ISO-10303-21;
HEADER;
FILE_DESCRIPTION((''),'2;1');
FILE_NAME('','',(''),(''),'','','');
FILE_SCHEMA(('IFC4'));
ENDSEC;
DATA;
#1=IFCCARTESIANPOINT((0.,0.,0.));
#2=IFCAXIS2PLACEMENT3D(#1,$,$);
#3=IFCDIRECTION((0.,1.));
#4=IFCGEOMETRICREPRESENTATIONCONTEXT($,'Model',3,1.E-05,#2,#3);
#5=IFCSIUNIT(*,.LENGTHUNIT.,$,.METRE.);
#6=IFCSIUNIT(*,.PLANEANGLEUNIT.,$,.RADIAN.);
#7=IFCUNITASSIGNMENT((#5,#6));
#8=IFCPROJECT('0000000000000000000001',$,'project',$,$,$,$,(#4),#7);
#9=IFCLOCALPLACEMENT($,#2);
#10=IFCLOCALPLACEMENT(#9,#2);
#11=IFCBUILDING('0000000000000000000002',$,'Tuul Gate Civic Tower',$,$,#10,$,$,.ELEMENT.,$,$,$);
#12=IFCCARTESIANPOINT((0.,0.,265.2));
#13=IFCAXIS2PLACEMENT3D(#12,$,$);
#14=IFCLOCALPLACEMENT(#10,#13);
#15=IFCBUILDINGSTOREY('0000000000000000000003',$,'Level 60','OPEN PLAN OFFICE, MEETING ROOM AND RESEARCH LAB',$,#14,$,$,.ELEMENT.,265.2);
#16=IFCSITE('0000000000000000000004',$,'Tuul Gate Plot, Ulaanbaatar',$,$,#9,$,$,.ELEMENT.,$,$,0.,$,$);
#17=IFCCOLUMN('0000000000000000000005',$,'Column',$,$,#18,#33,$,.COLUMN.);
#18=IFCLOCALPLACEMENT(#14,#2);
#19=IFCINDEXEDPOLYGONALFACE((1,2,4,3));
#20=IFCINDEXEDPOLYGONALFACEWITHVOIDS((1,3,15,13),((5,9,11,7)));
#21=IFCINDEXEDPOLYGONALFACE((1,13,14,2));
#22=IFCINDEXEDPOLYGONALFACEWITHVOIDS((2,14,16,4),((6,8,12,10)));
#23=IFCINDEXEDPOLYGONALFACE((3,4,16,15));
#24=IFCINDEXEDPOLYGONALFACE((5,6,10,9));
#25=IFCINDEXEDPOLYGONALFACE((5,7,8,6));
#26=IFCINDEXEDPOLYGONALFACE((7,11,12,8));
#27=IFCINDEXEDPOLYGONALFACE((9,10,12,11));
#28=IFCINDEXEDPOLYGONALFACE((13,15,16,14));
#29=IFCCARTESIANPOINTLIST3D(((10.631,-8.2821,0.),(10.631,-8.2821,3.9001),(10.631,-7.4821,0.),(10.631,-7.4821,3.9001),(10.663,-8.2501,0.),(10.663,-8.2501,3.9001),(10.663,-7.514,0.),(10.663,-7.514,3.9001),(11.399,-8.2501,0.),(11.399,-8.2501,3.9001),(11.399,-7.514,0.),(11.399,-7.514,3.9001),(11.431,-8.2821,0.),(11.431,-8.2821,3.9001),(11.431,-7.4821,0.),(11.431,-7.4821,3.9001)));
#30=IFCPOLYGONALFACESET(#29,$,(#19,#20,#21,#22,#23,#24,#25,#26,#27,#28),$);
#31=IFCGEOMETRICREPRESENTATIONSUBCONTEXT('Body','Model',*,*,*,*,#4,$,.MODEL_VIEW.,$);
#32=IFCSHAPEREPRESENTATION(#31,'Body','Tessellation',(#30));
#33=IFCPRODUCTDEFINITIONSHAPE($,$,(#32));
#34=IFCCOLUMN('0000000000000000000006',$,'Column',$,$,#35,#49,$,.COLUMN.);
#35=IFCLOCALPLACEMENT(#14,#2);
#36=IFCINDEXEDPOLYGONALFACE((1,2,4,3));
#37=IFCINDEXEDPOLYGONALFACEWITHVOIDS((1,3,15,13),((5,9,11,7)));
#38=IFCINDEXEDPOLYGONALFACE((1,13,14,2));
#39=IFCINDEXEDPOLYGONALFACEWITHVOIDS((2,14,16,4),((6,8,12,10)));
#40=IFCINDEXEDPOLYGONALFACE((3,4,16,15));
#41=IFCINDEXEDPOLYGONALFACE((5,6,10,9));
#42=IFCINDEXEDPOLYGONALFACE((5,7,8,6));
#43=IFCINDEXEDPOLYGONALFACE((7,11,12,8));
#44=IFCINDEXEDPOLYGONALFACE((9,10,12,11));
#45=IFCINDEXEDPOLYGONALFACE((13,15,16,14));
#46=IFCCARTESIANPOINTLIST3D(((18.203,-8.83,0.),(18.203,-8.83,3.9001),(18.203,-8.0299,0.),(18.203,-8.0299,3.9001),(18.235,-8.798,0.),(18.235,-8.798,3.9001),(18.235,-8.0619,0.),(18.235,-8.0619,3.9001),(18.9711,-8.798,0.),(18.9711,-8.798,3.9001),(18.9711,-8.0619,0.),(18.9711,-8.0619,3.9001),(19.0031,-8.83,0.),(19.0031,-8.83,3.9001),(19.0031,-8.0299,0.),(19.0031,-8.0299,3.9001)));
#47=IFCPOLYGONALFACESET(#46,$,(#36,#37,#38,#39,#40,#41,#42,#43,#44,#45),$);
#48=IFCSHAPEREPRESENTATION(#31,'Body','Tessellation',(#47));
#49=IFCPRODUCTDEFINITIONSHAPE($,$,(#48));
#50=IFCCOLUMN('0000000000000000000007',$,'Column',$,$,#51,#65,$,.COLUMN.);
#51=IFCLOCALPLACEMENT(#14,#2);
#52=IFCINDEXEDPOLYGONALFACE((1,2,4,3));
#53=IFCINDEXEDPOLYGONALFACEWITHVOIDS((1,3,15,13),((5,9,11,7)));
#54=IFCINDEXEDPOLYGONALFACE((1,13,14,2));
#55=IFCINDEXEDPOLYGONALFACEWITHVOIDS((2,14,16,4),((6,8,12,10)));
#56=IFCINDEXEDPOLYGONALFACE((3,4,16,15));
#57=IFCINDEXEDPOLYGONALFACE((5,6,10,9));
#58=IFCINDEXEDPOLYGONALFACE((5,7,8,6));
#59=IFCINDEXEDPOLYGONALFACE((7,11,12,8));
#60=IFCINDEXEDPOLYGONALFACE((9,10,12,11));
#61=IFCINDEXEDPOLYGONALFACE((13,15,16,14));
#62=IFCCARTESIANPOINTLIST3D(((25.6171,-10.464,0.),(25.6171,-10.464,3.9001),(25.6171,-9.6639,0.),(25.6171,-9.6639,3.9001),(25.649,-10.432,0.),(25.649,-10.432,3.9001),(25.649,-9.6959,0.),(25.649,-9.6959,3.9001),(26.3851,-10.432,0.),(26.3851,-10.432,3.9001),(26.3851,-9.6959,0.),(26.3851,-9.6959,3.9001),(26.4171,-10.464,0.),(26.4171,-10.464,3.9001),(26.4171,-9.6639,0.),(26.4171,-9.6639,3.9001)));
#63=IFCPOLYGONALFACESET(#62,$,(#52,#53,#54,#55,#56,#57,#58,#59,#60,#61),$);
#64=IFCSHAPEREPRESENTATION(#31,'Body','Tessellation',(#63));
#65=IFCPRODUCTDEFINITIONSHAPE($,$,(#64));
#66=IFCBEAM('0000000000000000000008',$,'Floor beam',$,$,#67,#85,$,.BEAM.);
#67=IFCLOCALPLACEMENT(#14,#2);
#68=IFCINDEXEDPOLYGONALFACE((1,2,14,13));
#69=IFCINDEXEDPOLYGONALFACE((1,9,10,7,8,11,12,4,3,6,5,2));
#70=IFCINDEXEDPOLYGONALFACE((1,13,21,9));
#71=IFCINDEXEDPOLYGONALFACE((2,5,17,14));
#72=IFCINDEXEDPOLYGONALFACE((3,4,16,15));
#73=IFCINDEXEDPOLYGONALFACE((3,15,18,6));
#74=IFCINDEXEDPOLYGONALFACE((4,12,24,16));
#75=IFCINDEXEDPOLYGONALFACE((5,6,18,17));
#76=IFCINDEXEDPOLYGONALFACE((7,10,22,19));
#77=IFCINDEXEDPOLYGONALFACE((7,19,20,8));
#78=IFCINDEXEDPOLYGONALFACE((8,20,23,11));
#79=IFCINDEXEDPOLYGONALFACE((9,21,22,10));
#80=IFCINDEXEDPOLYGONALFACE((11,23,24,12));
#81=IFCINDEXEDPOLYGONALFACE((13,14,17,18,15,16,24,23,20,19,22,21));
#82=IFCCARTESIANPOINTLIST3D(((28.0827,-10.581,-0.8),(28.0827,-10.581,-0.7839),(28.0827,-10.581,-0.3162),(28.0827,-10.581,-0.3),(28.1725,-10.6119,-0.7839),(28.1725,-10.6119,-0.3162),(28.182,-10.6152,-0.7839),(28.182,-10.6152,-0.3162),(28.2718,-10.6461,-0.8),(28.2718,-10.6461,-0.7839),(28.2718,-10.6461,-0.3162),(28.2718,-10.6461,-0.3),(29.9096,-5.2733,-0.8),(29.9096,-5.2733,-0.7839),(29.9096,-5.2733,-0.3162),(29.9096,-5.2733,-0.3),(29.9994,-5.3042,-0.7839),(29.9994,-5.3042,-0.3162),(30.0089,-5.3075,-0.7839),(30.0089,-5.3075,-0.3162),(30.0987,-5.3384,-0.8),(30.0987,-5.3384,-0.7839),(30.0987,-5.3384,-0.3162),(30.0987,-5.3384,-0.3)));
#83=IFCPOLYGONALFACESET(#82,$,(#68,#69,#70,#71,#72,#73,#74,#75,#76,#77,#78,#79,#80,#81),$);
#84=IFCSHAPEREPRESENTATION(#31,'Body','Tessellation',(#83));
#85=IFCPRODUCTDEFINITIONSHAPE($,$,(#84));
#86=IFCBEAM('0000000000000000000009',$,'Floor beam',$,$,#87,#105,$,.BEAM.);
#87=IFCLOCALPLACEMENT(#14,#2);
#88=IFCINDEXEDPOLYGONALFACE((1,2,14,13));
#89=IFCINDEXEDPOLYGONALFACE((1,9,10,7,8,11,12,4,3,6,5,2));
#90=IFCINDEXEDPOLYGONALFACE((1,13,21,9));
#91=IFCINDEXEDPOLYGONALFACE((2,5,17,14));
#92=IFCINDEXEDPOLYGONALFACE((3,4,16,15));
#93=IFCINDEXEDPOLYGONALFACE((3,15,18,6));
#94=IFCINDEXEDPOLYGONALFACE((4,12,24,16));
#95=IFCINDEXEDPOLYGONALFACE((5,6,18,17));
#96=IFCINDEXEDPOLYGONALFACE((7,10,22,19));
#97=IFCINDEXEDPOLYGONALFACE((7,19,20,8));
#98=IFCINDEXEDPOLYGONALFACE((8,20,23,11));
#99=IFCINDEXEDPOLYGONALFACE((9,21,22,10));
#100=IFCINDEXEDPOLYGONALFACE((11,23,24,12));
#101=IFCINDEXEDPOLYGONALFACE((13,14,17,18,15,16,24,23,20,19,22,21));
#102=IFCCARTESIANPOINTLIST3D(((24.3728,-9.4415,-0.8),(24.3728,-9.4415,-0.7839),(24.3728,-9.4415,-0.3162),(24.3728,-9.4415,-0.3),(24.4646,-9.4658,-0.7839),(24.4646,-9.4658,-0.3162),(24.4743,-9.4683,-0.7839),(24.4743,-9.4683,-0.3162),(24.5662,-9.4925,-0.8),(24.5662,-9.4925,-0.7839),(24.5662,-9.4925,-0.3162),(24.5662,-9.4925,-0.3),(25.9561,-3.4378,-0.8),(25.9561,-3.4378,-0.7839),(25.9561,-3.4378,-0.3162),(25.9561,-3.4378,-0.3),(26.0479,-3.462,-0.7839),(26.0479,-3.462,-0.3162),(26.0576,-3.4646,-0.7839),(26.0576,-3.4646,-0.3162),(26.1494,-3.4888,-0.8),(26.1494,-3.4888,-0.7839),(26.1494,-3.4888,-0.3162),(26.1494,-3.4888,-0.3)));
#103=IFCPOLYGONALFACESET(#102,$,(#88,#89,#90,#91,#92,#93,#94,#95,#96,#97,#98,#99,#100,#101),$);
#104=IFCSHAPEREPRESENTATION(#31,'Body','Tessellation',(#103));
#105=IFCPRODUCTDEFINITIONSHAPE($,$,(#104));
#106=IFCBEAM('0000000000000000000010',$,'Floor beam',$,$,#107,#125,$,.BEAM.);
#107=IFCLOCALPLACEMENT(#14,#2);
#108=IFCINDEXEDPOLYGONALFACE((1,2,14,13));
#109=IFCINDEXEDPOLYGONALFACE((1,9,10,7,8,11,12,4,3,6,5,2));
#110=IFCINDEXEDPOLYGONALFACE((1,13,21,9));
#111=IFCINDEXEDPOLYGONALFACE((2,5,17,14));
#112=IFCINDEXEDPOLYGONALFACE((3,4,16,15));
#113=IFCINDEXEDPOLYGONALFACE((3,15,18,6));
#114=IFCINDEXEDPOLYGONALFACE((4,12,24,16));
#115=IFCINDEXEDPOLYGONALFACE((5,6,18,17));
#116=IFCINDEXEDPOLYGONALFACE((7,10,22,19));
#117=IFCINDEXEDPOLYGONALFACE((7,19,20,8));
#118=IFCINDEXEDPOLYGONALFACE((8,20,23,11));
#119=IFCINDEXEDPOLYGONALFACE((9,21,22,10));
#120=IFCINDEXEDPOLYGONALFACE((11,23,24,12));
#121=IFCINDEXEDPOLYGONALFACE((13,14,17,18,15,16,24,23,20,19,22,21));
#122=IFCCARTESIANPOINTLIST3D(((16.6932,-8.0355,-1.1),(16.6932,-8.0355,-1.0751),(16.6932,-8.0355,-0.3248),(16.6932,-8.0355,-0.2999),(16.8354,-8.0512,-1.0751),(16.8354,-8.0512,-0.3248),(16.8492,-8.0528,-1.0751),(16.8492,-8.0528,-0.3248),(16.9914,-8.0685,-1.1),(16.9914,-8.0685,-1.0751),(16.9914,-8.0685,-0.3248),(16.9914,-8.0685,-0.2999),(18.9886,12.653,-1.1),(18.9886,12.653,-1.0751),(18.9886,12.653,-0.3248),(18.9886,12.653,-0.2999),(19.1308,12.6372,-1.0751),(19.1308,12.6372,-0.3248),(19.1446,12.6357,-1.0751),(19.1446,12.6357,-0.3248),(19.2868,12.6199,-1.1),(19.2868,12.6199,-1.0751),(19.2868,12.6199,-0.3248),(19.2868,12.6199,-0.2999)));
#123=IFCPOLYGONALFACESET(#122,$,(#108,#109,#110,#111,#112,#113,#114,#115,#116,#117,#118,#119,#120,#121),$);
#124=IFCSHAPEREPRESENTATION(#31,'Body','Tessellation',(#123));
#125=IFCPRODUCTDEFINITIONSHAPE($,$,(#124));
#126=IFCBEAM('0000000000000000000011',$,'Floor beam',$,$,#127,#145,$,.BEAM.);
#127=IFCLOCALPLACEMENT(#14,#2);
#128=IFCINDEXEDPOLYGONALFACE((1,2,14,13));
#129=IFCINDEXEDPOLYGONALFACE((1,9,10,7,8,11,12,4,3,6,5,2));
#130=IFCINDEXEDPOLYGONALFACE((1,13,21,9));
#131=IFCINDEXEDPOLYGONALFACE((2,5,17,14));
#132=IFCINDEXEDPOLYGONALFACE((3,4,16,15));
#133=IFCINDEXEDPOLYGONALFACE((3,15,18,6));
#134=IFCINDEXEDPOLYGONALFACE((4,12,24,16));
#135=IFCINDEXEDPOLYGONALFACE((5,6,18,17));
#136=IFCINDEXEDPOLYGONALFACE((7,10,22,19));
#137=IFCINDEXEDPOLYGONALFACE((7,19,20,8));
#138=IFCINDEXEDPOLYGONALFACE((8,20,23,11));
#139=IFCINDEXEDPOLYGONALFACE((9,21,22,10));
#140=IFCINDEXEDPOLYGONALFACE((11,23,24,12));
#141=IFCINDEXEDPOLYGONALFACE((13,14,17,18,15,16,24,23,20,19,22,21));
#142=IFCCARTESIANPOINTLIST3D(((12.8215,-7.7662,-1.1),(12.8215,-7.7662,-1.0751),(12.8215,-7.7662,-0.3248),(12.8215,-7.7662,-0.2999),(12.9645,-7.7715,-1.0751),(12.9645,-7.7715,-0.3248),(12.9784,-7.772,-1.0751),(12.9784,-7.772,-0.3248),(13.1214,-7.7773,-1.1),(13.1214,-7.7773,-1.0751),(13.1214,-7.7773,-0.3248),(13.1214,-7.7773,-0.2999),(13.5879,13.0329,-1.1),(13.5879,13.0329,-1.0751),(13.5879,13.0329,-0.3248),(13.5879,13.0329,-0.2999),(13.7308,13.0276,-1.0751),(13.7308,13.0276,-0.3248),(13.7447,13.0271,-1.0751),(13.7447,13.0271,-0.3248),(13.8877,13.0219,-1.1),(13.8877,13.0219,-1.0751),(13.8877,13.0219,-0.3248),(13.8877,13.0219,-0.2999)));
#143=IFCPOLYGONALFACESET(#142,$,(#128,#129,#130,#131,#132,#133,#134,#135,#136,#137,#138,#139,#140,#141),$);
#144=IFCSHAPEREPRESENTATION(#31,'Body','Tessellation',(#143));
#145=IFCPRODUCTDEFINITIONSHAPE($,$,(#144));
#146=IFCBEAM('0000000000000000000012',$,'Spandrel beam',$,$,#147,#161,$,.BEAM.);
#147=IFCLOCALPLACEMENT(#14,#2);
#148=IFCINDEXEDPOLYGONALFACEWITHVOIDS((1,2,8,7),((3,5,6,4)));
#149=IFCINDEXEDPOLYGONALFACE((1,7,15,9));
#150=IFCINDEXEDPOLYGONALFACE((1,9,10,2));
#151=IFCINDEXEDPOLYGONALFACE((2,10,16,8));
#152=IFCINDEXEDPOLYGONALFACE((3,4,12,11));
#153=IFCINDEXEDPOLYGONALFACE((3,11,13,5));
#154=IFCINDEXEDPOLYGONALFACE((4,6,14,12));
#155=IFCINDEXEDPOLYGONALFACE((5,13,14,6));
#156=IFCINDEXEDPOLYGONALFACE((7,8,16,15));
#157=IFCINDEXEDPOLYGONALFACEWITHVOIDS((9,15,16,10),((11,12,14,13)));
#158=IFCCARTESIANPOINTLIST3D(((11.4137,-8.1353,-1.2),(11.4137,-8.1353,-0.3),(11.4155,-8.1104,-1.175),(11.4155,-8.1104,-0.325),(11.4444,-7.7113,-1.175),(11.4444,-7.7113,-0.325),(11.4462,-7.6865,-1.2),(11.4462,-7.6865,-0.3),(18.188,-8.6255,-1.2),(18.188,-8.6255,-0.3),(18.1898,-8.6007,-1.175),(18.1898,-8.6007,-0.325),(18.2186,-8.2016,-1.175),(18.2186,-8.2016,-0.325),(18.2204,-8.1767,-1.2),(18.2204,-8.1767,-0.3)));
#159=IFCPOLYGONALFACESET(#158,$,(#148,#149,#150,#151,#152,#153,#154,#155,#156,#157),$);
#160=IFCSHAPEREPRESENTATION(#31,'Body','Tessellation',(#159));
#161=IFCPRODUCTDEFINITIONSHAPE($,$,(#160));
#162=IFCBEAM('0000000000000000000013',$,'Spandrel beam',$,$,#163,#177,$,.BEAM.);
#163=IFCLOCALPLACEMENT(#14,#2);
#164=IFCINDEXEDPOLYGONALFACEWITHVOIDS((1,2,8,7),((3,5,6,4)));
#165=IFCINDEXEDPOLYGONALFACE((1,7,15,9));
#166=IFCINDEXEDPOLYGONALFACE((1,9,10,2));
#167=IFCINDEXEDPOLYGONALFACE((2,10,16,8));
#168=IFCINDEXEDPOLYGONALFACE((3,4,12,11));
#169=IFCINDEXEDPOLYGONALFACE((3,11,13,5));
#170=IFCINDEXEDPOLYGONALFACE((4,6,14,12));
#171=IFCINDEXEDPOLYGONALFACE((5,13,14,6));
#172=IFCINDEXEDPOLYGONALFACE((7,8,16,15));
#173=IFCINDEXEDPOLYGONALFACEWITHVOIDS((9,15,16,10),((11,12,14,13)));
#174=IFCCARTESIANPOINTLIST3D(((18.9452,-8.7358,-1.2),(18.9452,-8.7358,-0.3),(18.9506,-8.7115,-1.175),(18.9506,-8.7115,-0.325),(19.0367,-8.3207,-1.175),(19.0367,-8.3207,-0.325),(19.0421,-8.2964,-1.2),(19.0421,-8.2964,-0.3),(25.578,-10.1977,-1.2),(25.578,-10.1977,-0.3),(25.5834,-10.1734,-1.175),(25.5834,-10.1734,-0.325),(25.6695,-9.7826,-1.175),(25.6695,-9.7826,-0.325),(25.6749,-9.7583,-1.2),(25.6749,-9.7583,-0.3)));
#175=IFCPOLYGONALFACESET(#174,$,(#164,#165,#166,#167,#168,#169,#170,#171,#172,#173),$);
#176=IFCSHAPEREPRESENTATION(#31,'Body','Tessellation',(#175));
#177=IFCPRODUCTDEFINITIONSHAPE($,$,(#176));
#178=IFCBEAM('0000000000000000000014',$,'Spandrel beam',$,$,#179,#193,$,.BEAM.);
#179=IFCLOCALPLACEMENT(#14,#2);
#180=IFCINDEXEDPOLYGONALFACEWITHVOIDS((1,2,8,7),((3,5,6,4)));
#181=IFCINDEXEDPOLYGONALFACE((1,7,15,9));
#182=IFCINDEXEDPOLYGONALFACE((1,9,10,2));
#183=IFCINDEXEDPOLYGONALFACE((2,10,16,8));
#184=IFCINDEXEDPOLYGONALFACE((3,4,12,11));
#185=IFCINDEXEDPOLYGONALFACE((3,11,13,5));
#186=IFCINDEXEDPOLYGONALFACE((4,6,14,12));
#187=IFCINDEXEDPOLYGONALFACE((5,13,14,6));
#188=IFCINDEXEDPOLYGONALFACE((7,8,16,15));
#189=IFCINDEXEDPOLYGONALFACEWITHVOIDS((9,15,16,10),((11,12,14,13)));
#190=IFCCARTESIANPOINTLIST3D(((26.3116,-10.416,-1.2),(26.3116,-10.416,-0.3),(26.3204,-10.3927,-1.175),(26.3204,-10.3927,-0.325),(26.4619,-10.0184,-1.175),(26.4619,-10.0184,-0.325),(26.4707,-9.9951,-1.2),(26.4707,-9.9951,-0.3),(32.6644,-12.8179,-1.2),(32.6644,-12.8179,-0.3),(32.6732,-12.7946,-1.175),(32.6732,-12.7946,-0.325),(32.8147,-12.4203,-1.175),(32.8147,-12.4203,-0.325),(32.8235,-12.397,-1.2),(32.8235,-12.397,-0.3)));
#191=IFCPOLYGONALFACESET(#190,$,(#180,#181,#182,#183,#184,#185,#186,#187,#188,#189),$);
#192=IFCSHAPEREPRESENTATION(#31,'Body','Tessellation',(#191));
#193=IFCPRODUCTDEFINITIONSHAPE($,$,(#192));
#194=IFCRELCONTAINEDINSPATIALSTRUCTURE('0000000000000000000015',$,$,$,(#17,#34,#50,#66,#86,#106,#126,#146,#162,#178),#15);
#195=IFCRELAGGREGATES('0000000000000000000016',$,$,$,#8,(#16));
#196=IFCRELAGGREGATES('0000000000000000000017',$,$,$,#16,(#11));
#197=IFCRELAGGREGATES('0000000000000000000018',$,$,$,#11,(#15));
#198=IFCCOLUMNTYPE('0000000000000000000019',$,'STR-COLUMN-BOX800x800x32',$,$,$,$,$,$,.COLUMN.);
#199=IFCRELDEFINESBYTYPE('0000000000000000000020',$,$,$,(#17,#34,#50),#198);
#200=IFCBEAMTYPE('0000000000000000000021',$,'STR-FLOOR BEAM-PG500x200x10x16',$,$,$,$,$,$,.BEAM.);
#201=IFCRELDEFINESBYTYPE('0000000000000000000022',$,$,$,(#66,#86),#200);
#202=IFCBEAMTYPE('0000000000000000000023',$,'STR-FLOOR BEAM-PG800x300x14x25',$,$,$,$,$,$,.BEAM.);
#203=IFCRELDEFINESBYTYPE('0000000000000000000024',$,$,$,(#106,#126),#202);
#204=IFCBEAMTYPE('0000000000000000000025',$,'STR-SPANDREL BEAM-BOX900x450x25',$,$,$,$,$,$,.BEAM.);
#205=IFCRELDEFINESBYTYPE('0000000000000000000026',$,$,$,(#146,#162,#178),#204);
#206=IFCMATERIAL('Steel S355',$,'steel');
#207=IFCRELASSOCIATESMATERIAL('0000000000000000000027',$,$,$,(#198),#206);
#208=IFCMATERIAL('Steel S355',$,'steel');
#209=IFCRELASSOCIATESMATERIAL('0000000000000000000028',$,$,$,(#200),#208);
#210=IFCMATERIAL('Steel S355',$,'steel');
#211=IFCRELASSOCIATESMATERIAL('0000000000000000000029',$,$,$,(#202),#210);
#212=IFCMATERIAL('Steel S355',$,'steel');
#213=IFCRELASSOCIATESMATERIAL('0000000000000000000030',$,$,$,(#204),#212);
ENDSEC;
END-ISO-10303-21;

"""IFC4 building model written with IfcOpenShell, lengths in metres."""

from ifc_helpers import new_model, si_unit, direction, frame, origin, origin_2d, place, context, subcontext, project, spatial, hollow_rectangle, i_section, extrude, material, material_profile, profile_set, type_object, element, save


model = new_model("IFC4")

# Units and contexts
model_context = context("Model", 3, precision=1e-05, world=origin(), true_north=direction((0.0, 1.0)))
body_context = subcontext(model_context, "Body", "Model", "MODEL_VIEW")
ifc_project = project(units=[si_unit("LENGTHUNIT", "METRE"), si_unit("PLANEANGLEUNIT", "RADIAN")], contexts=[model_context])

# Site, building, storey
site_placement = place(None, origin())
site = spatial("IfcSite", under=ifc_project, at=site_placement, Name="Tuul Gate Plot, Ulaanbaatar", CompositionType="ELEMENT", RefElevation=0.0)
building_placement = place(site_placement, origin())
building = spatial("IfcBuilding", under=site, at=building_placement, Name="Tuul Gate Civic Tower", CompositionType="ELEMENT")
storey_placement = place(building_placement, frame((0.0, 0.0, 265.2)))
storey = spatial("IfcBuildingStorey", under=building, at=storey_placement, Name="Level 60", Description="OPEN PLAN OFFICE, MEETING ROOM AND RESEARCH LAB", CompositionType="ELEMENT", Elevation=265.2)

# Columns
ifc_material_1 = material(Name="Steel S355", Category="steel")
ifc_material_profile_1 = material_profile(ifc_material_1, hollow_rectangle(XDim=0.8, YDim=0.8, WallThickness=0.032, at=origin_2d()), Name="BOX800x800x32")
ifc_profile_set_1 = profile_set([ifc_material_profile_1], Name="Steel S355")
column_type = type_object("IfcColumnType", Name="STR-COLUMN-BOX800x800x32", PredefinedType="COLUMN", material=ifc_profile_set_1)
for number, where, z_axis, x_axis, name in (
    (1, (11.031, -7.8821, 0.0), (0.0, 0.0, 1.0), (1.0, 0.0, 0.0), "Column"),
    (2, (18.603, -8.4299, 0.0), (0.0, 0.0, 1.0), (1.0, 0.0, 0.0), "Column"),
    (3, (26.0171, -10.064, 0.0), (0.0, 0.0, 1.0), (1.0, 0.0, 0.0), "Column"),
):
    element("IfcColumn", number, at=place(storey_placement, frame(where, z_axis=z_axis, x_axis=x_axis)), inside=storey, type_object=column_type, Name=name, PredefinedType="COLUMN", context=body_context, shape_type="SweptSolid", body=[
        extrude(hollow_rectangle(XDim=0.8, YDim=0.8, WallThickness=0.032, at=origin_2d()), origin(), (0.0, 0.0, 1.0), 3.9001),
    ])

# Beams
ifc_material_2 = material(Name="Steel S355", Category="steel")
ifc_material_profile_2 = material_profile(ifc_material_2, i_section(OverallWidth=0.2, OverallDepth=0.5, WebThickness=0.01, FlangeThickness=0.0161, at=origin_2d()), Name="PG500x200x10x16")
ifc_profile_set_2 = profile_set([ifc_material_profile_2], Name="Steel S355")
beam_type_1 = type_object("IfcBeamType", Name="STR-FLOOR BEAM-PG500x200x10x16", PredefinedType="BEAM", material=ifc_profile_set_2)
beam_1_placement = place(storey_placement, frame((28.1772, -10.6135, -0.55), z_axis=(0.325464, 0.945554, 0.0), x_axis=(-0.945554, 0.325464, 0.0)))
element("IfcBeam", 4, at=beam_1_placement, inside=storey, type_object=beam_type_1, Name="Floor beam", PredefinedType="BEAM", context=body_context, shape_type="SweptSolid", body=[
    extrude(i_section(OverallWidth=0.2, OverallDepth=0.5, WebThickness=0.01, FlangeThickness=0.0161, at=origin_2d()), origin(), (0.0, 0.0, 1.0), 5.6133),
])
beam_2_placement = place(storey_placement, frame((24.4695, -9.467, -0.55), z_axis=(0.254996, 0.966942, 0.0), x_axis=(-0.966942, 0.254996, 0.0)))
element("IfcBeam", 5, at=beam_2_placement, inside=storey, type_object=beam_type_1, Name="Floor beam", PredefinedType="BEAM", context=body_context, shape_type="SweptSolid", body=[
    extrude(i_section(OverallWidth=0.2, OverallDepth=0.5, WebThickness=0.01, FlangeThickness=0.0161, at=origin_2d()), origin(), (0.0, 0.0, 1.0), 6.209),
])
ifc_material_3 = material(Name="Steel S355", Category="steel")
ifc_material_profile_3 = material_profile(ifc_material_3, i_section(OverallWidth=0.3, OverallDepth=0.8, WebThickness=0.0139, FlangeThickness=0.0249, at=origin_2d()), Name="PG800x300x14x25")
ifc_profile_set_3 = profile_set([ifc_material_profile_3], Name="Steel S355")
beam_type_2 = type_object("IfcBeamType", Name="STR-FLOOR BEAM-PG800x300x14x25", PredefinedType="BEAM", material=ifc_profile_set_3)
beam_3_placement = place(storey_placement, frame((16.8423, -8.052, -0.7), z_axis=(0.110274, 0.993901, 0.0), x_axis=(-0.993901, 0.110274, 0.0)))
element("IfcBeam", 6, at=beam_3_placement, inside=storey, type_object=beam_type_2, Name="Floor beam", PredefinedType="BEAM", context=body_context, shape_type="SweptSolid", body=[
    extrude(i_section(OverallWidth=0.3, OverallDepth=0.8, WebThickness=0.0139, FlangeThickness=0.0249, at=origin_2d()), origin(), (0.0, 0.0, 1.0), 20.8154),
])
beam_4_placement = place(storey_placement, frame((12.9714, -7.7717, -0.7), z_axis=(0.036821, 0.999322, 0.0), x_axis=(-0.999322, 0.036821, 0.0)))
element("IfcBeam", 7, at=beam_4_placement, inside=storey, type_object=beam_type_2, Name="Floor beam", PredefinedType="BEAM", context=body_context, shape_type="SweptSolid", body=[
    extrude(i_section(OverallWidth=0.3, OverallDepth=0.8, WebThickness=0.0139, FlangeThickness=0.0249, at=origin_2d()), origin(), (0.0, 0.0, 1.0), 20.8132),
])
ifc_material_4 = material(Name="Steel S355", Category="steel")
ifc_material_profile_4 = material_profile(ifc_material_4, hollow_rectangle(XDim=0.45, YDim=0.8999, WallThickness=0.0249, at=origin_2d()), Name="BOX900x450x25")
ifc_profile_set_4 = profile_set([ifc_material_profile_4], Name="Steel S355")
beam_type_3 = type_object("IfcBeamType", Name="STR-SPANDREL BEAM-BOX900x450x25", PredefinedType="BEAM", material=ifc_profile_set_4)
for number, where, z_axis, x_axis, name in (
    (8, (11.4299, -7.9109, -0.75), (0.997392, -0.072179, 0.0), (0.072179, 0.997392, 0.0), "Spandrel beam"),
    (9, (18.9937, -8.5161, -0.75), (0.976561, -0.21524, 0.0), (0.21524, 0.976561, 0.0), "Spandrel beam"),
):
    element("IfcBeam", number, at=place(storey_placement, frame(where, z_axis=z_axis, x_axis=x_axis)), inside=storey, type_object=beam_type_3, Name=name, PredefinedType="BEAM", context=body_context, shape_type="SweptSolid", body=[
        extrude(hollow_rectangle(XDim=0.45, YDim=0.8999, WallThickness=0.0249, at=origin_2d()), origin(), (0.0, 0.0, 1.0), 6.792),
    ])
beam_5_placement = place(storey_placement, frame((26.3911, -10.2056, -0.75), z_axis=(0.935379, -0.353647, 0.0), x_axis=(0.353647, 0.935379, 0.0)))
element("IfcBeam", 10, at=beam_5_placement, inside=storey, type_object=beam_type_3, Name="Spandrel beam", PredefinedType="BEAM", context=body_context, shape_type="SweptSolid", body=[
    extrude(hollow_rectangle(XDim=0.45, YDim=0.8999, WallThickness=0.0249, at=origin_2d()), origin(), (0.0, 0.0, 1.0), 6.7917),
])

save(model, "model.ifc")
